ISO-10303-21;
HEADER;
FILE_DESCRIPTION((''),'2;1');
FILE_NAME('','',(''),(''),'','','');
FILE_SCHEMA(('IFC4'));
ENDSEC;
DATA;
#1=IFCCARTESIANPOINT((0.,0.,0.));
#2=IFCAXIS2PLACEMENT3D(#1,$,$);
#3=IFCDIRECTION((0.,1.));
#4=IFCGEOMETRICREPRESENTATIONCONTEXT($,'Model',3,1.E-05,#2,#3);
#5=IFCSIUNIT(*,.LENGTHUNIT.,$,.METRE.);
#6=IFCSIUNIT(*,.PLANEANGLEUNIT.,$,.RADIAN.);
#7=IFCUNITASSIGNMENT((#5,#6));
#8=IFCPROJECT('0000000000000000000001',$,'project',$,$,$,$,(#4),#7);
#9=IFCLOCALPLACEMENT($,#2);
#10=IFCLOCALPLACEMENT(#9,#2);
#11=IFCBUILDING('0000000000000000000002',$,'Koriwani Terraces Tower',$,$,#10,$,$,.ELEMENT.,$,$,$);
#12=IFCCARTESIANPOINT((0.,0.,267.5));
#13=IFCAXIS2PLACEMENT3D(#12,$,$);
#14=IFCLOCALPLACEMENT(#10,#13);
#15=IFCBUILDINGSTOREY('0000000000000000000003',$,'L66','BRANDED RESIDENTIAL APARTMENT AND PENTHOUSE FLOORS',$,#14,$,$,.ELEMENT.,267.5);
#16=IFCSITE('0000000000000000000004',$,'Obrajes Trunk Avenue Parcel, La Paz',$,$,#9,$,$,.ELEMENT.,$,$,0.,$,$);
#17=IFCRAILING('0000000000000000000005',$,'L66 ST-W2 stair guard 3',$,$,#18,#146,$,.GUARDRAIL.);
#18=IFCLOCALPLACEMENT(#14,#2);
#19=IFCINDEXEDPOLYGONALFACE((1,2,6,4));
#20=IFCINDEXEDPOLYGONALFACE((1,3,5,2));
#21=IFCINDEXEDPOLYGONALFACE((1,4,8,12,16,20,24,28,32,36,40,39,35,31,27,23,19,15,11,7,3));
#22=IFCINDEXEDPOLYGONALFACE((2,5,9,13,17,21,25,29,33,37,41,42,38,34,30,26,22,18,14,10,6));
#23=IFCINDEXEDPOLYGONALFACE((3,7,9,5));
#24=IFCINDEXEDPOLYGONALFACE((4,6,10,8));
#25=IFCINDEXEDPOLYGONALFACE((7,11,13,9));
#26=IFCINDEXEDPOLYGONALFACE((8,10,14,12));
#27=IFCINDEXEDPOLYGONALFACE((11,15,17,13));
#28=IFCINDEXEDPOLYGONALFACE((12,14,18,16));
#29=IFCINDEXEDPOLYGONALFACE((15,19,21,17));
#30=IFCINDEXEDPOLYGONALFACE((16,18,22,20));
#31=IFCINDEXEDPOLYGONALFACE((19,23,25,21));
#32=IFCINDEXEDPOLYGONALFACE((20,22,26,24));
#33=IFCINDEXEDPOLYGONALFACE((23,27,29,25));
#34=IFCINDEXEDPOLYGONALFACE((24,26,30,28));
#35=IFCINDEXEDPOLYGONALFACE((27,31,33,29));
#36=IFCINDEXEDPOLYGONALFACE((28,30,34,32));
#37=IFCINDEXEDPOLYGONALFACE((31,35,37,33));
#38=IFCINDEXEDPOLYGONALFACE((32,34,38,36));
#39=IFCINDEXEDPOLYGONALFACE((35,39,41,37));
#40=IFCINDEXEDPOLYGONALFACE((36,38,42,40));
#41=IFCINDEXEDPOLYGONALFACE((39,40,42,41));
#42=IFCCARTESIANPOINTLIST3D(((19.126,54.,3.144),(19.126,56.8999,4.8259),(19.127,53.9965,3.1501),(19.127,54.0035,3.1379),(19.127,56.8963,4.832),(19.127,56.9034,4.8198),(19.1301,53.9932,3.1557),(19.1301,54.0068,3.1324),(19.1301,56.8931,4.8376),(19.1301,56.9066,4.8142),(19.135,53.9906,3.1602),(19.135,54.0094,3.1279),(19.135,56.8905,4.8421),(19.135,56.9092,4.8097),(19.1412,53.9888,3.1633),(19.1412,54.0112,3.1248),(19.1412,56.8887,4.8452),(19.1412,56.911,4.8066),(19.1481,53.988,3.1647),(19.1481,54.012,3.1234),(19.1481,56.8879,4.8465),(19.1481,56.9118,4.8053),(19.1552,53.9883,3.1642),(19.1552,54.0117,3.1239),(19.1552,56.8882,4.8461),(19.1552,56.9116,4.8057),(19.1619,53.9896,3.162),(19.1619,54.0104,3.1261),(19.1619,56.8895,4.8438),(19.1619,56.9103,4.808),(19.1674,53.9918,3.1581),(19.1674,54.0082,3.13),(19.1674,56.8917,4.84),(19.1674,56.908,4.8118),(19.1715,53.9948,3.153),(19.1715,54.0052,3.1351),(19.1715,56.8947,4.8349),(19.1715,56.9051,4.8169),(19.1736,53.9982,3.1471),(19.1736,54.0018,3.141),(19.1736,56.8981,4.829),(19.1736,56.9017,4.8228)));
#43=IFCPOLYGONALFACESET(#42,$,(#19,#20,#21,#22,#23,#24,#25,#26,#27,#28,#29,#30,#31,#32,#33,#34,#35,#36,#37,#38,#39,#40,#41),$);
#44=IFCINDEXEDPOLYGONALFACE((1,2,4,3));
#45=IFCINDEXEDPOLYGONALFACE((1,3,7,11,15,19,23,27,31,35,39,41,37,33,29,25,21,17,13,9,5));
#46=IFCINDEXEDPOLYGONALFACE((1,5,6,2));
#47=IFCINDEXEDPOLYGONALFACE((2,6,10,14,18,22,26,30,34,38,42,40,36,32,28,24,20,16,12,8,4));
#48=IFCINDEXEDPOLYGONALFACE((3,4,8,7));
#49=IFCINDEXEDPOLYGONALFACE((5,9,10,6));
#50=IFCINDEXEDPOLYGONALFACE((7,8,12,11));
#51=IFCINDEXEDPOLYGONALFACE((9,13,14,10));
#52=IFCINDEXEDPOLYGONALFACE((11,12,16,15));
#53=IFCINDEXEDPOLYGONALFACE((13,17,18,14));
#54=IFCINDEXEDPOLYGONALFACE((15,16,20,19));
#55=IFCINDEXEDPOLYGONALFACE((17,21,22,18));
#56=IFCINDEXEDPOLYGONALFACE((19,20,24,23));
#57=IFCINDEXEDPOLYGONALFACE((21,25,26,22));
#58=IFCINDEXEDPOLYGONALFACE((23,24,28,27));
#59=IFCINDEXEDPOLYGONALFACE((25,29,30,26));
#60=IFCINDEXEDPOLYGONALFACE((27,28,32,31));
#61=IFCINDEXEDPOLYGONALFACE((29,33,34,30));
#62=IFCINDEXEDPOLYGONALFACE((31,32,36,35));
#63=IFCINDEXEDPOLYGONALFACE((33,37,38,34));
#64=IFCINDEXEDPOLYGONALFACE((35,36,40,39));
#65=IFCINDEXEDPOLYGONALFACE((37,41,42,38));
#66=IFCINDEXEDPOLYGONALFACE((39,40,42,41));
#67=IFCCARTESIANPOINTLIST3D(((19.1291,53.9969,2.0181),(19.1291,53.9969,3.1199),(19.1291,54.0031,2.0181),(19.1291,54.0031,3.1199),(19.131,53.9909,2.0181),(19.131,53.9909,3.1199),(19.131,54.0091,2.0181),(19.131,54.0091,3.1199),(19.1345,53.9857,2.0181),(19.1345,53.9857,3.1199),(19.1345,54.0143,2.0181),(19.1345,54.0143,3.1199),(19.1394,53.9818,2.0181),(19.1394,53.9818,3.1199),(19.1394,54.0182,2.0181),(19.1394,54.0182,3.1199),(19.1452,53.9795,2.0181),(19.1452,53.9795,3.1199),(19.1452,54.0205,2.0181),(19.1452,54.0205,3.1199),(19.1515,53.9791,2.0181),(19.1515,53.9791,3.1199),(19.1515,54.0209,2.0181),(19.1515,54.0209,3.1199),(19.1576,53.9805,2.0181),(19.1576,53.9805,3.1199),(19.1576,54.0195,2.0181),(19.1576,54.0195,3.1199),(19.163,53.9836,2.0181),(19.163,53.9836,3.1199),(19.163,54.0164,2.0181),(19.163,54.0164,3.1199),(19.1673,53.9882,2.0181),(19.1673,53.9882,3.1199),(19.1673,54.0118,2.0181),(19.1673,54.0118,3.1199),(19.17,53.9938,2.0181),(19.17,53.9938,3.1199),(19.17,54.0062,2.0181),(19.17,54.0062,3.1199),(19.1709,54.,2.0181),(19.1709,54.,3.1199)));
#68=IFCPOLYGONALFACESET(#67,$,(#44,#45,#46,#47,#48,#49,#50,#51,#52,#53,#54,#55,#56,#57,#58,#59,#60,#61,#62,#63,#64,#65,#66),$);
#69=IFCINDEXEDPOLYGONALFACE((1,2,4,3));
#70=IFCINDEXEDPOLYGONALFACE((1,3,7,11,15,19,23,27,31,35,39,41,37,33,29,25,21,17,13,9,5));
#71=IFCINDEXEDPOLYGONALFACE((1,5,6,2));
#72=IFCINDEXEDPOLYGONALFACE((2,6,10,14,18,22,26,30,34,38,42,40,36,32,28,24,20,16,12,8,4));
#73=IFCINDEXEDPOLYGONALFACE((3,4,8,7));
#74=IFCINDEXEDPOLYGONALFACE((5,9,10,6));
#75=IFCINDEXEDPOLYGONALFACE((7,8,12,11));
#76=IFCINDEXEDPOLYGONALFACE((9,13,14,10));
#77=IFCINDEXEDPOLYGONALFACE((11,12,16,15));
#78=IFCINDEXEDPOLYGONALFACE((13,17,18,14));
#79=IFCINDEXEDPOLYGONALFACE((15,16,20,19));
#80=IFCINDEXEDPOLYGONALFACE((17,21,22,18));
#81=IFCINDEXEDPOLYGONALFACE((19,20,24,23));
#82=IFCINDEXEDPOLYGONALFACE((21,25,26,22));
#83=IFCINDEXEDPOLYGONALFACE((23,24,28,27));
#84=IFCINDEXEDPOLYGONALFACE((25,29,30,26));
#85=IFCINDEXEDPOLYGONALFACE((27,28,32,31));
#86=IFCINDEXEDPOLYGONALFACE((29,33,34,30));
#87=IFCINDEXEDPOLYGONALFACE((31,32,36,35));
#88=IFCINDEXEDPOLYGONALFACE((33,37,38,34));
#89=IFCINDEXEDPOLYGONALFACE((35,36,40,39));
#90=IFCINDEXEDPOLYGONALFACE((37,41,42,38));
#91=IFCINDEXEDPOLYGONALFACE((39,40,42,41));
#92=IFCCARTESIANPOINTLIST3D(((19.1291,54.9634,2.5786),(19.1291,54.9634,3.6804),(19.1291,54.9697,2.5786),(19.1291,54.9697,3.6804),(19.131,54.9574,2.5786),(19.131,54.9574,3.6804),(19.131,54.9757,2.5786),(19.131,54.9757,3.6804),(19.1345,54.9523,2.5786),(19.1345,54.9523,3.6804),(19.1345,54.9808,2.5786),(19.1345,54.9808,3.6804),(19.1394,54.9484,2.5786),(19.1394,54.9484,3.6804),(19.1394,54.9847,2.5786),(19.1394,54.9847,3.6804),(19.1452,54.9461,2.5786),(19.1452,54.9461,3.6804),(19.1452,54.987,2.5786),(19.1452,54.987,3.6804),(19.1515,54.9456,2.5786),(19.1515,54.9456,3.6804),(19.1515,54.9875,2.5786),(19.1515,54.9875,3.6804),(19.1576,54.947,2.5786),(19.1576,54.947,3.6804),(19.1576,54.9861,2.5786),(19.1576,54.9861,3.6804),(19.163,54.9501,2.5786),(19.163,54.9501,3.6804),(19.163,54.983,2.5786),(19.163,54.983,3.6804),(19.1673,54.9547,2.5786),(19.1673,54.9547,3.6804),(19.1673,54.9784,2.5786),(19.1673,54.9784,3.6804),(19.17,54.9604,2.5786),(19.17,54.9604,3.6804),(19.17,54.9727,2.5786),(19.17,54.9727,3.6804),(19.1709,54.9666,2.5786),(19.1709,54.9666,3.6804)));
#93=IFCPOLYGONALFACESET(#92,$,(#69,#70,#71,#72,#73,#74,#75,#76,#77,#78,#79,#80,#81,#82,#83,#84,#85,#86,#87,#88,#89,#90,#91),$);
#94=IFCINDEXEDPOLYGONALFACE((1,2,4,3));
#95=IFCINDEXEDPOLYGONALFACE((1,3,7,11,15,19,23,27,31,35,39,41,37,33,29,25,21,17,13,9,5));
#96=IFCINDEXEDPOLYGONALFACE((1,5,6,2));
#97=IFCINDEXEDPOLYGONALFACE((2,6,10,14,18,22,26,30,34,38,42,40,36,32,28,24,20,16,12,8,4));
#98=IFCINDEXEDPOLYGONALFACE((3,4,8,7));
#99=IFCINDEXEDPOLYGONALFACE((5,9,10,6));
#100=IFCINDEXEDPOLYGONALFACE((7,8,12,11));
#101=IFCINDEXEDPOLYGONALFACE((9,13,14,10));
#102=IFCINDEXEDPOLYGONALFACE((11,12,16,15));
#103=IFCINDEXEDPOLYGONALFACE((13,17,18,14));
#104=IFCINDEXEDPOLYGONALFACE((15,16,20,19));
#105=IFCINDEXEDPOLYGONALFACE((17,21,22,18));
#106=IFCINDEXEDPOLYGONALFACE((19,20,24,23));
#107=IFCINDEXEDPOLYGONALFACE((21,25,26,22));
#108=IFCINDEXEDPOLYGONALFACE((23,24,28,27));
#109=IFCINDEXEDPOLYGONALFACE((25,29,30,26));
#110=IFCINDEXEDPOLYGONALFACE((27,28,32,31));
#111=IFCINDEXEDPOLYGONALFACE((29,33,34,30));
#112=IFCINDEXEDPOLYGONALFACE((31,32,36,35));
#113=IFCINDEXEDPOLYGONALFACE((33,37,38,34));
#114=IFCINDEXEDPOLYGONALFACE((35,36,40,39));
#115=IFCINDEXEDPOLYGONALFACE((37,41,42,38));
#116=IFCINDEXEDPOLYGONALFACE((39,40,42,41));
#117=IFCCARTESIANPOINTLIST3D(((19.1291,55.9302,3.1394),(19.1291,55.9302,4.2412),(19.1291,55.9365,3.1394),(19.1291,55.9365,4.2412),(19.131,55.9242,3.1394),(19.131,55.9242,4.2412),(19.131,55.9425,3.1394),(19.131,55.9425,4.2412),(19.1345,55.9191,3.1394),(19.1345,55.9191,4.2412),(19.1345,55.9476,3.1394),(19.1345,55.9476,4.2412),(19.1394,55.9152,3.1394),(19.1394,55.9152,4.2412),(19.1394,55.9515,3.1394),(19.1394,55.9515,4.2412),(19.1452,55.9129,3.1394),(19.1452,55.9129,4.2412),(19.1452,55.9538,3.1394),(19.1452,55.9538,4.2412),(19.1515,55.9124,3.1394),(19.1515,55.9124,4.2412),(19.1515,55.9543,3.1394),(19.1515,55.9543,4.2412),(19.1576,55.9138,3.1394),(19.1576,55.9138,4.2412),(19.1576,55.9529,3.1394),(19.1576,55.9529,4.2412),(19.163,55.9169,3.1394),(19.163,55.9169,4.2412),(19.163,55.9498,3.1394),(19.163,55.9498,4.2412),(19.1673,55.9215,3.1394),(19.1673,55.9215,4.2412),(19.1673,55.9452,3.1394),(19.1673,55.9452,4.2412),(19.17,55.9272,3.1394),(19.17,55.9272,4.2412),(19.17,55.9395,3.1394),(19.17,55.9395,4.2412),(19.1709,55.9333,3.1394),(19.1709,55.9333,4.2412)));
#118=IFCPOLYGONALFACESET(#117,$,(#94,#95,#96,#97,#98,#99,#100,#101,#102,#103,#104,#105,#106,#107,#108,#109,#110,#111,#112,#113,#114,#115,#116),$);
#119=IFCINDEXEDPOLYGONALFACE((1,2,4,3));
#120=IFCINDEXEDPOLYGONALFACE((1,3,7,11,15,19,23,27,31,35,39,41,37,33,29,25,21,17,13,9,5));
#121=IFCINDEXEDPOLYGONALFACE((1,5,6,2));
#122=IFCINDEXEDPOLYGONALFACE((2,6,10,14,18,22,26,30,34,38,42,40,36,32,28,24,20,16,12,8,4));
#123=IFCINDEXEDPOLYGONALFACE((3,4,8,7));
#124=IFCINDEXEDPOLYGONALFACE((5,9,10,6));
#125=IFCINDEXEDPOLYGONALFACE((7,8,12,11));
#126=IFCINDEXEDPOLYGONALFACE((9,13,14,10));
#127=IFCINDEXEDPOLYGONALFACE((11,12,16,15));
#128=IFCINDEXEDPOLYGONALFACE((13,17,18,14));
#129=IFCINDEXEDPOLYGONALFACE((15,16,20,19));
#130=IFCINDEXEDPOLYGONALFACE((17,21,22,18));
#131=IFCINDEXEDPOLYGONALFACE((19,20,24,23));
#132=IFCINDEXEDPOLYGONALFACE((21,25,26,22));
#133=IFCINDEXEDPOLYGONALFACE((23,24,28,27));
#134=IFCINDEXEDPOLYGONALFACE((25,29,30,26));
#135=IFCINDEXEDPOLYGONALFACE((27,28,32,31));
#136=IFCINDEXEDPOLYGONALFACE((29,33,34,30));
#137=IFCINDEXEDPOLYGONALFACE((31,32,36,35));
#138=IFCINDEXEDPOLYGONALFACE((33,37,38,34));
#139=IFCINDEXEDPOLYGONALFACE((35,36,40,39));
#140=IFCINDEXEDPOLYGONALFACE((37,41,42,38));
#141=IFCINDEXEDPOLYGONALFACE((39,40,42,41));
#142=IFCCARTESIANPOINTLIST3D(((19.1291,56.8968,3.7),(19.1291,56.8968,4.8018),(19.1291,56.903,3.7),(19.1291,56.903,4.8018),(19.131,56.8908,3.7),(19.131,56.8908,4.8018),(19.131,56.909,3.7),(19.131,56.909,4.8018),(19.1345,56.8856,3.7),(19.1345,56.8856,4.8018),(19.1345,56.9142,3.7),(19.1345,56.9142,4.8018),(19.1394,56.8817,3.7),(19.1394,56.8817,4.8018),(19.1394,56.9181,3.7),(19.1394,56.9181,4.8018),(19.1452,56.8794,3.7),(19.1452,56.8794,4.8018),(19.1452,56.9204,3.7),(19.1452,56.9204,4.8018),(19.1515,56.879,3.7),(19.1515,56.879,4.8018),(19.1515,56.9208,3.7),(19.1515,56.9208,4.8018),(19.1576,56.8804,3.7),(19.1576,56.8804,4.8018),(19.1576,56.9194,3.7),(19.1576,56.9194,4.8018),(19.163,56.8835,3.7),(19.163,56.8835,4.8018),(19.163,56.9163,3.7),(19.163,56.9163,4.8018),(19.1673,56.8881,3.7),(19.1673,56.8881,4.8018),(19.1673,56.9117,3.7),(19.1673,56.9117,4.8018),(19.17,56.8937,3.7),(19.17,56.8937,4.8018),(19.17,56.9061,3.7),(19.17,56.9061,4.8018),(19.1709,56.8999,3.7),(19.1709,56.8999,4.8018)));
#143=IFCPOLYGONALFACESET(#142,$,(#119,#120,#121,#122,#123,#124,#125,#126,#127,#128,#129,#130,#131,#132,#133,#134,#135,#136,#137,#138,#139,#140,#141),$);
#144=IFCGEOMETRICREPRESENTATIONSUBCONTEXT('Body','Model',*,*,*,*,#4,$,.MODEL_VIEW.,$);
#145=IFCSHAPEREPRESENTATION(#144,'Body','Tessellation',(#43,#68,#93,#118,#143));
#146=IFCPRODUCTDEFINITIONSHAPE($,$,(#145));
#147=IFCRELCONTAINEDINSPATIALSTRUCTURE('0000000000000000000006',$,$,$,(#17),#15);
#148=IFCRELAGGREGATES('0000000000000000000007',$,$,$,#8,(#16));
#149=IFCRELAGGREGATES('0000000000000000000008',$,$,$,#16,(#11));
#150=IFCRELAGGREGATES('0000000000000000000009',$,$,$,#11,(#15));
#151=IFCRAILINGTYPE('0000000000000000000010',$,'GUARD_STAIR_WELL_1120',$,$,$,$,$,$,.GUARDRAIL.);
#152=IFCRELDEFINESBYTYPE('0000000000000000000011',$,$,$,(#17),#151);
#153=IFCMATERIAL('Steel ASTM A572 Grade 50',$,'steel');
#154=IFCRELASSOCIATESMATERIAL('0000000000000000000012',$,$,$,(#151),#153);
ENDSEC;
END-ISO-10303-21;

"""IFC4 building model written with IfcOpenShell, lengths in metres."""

from ifc_helpers import new_model, si_unit, direction, frame, origin, origin_2d, place, context, subcontext, project, spatial, circle, extrude, material, type_object, element, save


model = new_model("IFC4")

# Units and contexts
model_context = context("Model", 3, precision=1e-05, world=origin(), true_north=direction((0.0, 1.0)))
body_context = subcontext(model_context, "Body", "Model", "MODEL_VIEW")
ifc_project = project(units=[si_unit("LENGTHUNIT", "METRE"), si_unit("PLANEANGLEUNIT", "RADIAN")], contexts=[model_context])

# Site, building, storey
site_placement = place(None, origin())
site = spatial("IfcSite", under=ifc_project, at=site_placement, Name="Obrajes Trunk Avenue Parcel, La Paz", CompositionType="ELEMENT", RefElevation=0.0)
building_placement = place(site_placement, origin())
building = spatial("IfcBuilding", under=site, at=building_placement, Name="Koriwani Terraces Tower", CompositionType="ELEMENT")
storey_placement = place(building_placement, frame((0.0, 0.0, 267.5)))
storey = spatial("IfcBuildingStorey", under=building, at=storey_placement, Name="L66", Description="BRANDED RESIDENTIAL APARTMENT AND PENTHOUSE FLOORS", CompositionType="ELEMENT", Elevation=267.5)

# Shared definitions
ifc_material_1 = material(Name="Steel ASTM A572 Grade 50", Category="steel")

# Railing
railing_type_1 = type_object("IfcRailingType", Name="GUARD_STAIR_WELL_1120", PredefinedType="GUARDRAIL", material=ifc_material_1)
railing_1_placement = place(storey_placement, frame((19.1499, 54.0, 2.0181)))
element("IfcRailing", 1, at=railing_1_placement, inside=storey, type_object=railing_type_1, Name="L66 ST-W2 stair guard 3", PredefinedType="GUARDRAIL", context=body_context, shape_type="SweptSolid", body=[
    extrude(circle(Radius=0.0239, at=origin_2d()), frame((0.0, 0.0, 1.126), z_axis=(0.0, 0.865039, 0.501705), x_axis=(-1.0, 0.0, 0.0)), (0.0, 0.0, 1.0), 3.3523),
    extrude(circle(Radius=0.021, at=origin_2d()), origin(), (0.0, 0.0, 1.0), 1.1018),
    extrude(circle(Radius=0.021, at=origin_2d()), frame((0.0, 0.9666, 0.5605)), (0.0, 0.0, 1.0), 1.1018),
    extrude(circle(Radius=0.021, at=origin_2d()), frame((0.0, 1.9333, 1.1213)), (0.0, 0.0, 1.0), 1.1018),
    extrude(circle(Radius=0.021, at=origin_2d()), frame((0.0, 2.8999, 1.6819)), (0.0, 0.0, 1.0), 1.1018),
])

save(model, "model.ifc")
